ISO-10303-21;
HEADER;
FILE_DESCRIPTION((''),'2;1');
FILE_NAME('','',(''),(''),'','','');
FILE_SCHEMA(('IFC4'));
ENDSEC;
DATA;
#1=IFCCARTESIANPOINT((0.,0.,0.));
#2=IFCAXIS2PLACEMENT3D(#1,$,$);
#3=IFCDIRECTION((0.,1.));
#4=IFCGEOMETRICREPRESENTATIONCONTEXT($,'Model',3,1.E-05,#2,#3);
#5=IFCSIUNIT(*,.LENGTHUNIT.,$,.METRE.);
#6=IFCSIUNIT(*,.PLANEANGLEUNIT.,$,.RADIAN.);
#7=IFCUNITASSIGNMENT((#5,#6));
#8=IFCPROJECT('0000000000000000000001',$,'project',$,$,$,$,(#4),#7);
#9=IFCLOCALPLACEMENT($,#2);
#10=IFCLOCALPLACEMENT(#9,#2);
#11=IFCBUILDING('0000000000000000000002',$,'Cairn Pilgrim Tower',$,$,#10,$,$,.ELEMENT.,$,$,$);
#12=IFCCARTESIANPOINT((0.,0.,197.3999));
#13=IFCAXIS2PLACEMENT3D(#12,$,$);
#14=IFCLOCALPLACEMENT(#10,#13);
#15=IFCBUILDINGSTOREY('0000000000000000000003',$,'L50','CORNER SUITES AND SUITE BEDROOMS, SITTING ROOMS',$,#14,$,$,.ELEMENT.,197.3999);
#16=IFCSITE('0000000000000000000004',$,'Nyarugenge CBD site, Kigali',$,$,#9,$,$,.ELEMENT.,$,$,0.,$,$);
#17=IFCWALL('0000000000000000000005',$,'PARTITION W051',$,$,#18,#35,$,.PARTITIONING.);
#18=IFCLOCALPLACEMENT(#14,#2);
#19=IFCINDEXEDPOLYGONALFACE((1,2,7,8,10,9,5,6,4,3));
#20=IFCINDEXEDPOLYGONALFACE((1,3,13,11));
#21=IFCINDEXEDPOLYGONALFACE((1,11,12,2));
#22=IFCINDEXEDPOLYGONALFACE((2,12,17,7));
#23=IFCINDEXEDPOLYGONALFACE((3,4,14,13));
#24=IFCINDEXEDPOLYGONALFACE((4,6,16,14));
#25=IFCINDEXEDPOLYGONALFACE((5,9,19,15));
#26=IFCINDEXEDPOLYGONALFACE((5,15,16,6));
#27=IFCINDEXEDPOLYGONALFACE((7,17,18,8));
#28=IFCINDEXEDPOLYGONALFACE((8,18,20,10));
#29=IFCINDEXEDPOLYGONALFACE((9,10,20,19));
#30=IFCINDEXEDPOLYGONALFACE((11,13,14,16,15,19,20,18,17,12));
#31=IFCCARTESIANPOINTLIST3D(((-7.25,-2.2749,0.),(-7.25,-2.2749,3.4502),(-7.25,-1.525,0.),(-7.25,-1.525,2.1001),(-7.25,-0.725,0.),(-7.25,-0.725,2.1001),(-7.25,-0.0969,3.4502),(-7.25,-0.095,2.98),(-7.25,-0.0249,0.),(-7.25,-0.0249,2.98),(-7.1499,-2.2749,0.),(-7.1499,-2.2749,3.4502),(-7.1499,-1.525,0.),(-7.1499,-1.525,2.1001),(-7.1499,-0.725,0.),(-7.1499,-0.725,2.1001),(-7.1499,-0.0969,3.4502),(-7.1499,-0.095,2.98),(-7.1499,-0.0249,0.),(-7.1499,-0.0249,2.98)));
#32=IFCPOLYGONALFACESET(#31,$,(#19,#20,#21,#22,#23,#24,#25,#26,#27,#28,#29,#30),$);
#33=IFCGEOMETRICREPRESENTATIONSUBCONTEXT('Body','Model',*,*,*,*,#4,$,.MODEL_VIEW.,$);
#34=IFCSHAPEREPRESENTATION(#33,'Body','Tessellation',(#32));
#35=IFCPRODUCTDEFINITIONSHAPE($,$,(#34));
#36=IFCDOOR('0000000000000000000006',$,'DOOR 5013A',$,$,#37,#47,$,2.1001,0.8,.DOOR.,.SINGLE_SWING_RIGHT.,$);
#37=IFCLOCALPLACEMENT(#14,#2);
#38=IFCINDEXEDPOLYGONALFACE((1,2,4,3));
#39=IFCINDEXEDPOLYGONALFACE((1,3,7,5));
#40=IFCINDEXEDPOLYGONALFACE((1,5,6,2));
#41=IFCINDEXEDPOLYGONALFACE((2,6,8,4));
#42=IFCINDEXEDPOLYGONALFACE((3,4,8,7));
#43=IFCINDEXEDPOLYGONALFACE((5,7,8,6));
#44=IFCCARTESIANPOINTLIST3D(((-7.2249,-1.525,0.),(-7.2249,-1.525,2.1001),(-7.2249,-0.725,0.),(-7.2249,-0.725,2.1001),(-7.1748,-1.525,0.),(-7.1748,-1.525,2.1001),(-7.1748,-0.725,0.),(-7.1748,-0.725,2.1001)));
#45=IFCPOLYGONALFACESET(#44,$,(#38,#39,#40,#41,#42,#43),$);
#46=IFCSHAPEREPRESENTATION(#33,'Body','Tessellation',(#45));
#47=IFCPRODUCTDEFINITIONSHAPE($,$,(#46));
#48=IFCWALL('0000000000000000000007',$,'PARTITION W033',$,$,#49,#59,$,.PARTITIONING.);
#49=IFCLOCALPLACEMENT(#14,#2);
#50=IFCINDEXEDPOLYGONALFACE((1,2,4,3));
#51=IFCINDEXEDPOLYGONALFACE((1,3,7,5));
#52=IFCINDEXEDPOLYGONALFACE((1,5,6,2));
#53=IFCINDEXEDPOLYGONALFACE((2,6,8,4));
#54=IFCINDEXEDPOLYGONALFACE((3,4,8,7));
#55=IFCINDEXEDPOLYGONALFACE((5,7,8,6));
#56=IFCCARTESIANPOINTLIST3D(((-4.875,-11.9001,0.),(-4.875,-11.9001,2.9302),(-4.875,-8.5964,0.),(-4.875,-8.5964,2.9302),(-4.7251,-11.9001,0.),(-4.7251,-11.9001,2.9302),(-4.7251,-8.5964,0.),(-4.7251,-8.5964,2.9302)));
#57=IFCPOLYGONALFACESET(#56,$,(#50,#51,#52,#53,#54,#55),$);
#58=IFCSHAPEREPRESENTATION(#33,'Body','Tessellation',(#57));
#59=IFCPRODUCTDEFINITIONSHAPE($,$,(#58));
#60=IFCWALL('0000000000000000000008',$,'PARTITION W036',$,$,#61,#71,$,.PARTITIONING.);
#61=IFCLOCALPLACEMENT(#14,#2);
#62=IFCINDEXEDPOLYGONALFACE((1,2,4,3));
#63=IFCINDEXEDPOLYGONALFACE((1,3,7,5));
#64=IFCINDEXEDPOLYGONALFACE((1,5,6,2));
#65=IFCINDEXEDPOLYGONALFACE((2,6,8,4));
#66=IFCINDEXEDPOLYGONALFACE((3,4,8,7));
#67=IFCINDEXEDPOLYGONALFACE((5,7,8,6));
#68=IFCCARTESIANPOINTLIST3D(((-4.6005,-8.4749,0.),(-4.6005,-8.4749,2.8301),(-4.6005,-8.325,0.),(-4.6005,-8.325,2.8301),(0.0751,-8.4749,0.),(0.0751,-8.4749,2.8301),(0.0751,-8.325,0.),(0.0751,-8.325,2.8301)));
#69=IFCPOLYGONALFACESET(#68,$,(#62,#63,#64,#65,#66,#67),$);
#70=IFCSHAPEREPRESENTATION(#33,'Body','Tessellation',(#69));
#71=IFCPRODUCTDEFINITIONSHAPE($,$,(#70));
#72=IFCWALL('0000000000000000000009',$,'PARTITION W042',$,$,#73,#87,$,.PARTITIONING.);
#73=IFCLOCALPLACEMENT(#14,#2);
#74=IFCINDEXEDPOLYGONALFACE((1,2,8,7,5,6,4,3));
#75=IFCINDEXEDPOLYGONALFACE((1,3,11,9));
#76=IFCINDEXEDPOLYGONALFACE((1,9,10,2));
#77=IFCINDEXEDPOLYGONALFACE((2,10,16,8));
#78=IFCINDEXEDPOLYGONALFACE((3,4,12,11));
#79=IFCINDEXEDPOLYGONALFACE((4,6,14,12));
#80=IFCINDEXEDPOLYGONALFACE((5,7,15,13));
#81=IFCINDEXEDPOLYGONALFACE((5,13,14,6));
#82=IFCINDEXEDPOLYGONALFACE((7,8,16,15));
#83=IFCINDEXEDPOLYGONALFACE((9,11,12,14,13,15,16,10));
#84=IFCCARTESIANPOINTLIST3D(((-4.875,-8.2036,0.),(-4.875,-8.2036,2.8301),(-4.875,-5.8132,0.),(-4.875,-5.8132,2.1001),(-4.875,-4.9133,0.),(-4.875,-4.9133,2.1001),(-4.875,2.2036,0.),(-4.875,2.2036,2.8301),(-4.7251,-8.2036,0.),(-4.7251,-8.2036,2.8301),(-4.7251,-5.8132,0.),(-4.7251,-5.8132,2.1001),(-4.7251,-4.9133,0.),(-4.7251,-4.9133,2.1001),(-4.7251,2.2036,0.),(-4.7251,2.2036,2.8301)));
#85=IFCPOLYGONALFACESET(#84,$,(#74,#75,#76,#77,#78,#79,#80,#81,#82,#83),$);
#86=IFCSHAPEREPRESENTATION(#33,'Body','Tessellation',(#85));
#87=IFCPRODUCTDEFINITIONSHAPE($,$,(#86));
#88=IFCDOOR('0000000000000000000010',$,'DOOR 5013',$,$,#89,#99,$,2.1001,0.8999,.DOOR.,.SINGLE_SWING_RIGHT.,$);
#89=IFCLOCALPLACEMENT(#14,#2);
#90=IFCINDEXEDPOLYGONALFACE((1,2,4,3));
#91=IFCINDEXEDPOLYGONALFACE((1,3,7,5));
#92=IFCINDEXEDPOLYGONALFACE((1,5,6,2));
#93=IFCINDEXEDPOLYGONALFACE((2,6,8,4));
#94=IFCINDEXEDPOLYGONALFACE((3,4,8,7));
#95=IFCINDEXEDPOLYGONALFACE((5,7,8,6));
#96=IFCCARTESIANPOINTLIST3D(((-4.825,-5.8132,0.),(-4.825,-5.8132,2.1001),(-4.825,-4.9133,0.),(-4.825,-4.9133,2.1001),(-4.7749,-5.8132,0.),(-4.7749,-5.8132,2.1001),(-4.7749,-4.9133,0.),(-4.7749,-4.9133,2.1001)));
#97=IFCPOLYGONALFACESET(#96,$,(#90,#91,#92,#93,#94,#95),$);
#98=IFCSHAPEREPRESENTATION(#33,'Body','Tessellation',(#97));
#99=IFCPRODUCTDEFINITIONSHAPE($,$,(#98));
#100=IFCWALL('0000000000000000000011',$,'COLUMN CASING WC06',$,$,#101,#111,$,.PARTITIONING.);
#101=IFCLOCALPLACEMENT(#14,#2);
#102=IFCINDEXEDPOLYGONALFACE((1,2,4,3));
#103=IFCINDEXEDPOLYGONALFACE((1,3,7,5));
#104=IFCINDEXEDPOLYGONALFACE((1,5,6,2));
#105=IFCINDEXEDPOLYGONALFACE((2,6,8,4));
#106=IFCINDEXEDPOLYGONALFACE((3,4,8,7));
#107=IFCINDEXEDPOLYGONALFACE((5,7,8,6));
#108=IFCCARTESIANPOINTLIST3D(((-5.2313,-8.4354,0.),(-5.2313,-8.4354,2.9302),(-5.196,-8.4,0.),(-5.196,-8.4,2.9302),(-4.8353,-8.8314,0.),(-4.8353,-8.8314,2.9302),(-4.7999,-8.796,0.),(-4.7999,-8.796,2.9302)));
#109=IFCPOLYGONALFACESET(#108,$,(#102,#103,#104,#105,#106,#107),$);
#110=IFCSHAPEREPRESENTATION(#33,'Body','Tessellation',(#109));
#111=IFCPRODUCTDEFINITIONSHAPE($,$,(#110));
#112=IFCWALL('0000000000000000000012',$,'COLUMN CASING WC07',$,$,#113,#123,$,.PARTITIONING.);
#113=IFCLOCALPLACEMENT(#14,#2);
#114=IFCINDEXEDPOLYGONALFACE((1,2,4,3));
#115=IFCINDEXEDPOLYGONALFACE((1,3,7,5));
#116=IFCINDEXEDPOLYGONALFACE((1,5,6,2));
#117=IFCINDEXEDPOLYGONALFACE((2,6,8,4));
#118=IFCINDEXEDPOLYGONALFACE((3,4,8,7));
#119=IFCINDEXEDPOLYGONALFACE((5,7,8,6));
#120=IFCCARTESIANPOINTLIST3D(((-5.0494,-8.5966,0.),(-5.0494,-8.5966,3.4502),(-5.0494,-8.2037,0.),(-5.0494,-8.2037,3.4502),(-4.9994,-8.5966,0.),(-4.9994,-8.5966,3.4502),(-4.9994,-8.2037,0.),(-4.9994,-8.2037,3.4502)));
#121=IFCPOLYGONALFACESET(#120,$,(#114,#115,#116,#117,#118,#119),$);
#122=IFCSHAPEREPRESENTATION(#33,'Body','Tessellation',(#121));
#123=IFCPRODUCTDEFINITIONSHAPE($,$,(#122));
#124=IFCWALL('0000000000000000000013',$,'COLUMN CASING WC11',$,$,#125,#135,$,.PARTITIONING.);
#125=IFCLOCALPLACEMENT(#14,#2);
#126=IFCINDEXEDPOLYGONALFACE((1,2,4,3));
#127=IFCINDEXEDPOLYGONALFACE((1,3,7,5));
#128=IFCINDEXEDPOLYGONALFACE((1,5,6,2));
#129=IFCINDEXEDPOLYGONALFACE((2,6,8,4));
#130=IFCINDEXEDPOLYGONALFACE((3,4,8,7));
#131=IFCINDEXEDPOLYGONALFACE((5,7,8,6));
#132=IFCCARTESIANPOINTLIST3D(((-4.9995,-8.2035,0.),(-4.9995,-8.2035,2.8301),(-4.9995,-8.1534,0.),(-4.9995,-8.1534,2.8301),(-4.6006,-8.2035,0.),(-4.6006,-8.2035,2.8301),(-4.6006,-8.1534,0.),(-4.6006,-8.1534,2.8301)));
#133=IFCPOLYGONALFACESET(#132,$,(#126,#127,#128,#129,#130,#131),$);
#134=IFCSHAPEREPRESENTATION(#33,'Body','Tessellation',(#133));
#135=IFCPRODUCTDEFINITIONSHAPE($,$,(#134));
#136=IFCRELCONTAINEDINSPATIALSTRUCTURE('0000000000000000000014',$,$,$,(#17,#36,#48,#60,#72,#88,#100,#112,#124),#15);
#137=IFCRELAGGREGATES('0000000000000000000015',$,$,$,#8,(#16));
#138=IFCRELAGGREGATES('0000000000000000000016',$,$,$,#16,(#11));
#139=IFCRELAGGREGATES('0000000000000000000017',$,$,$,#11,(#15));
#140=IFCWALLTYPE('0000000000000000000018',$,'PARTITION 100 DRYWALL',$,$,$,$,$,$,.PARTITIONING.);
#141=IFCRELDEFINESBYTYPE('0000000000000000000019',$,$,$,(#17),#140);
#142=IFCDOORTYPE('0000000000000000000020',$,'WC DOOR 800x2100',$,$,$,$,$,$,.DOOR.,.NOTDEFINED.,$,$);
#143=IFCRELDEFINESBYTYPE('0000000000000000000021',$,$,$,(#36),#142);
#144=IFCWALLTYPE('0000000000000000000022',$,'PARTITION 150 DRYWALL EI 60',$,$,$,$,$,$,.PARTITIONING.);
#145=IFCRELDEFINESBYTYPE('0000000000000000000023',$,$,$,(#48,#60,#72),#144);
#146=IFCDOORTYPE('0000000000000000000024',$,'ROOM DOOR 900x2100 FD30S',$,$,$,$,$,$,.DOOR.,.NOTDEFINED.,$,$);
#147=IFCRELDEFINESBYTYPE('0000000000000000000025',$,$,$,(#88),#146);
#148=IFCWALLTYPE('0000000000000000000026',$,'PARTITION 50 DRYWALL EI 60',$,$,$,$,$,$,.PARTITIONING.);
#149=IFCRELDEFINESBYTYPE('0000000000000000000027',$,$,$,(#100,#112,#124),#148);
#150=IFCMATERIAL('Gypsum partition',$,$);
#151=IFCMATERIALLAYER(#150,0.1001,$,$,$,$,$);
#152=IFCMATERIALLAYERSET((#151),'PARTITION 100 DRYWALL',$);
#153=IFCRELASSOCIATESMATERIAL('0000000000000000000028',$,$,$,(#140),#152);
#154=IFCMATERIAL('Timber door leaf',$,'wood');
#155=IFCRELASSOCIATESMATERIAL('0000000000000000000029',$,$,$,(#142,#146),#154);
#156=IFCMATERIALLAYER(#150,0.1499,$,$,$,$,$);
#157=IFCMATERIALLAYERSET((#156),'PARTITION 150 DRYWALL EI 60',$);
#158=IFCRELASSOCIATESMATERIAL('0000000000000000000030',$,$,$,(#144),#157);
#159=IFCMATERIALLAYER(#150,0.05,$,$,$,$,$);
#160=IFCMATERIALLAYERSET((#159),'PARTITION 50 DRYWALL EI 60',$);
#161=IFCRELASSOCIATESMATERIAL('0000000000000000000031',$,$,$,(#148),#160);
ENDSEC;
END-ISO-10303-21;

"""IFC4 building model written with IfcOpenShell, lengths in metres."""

from ifc_helpers import new_model, si_unit, direction, frame, frame_2d, origin, place, context, subcontext, project, spatial, polyline, rectangle, outline, extrude, material, layer, layer_set, type_object, element, fill, save


model = new_model("IFC4")

# Units and contexts
model_context = context("Model", 3, precision=1e-05, world=origin(), true_north=direction((0.0, 1.0)))
body_context = subcontext(model_context, "Body", "Model", "MODEL_VIEW")
ifc_project = project(units=[si_unit("LENGTHUNIT", "METRE"), si_unit("PLANEANGLEUNIT", "RADIAN")], contexts=[model_context])

# Site, building, storey
site_placement = place(None, origin())
site = spatial("IfcSite", under=ifc_project, at=site_placement, Name="Nyarugenge CBD site, Kigali", CompositionType="ELEMENT", RefElevation=0.0)
building_placement = place(site_placement, origin())
building = spatial("IfcBuilding", under=site, at=building_placement, Name="Cairn Pilgrim Tower", CompositionType="ELEMENT")
storey_placement = place(building_placement, frame((0.0, 0.0, 197.3999)))
storey = spatial("IfcBuildingStorey", under=building, at=storey_placement, Name="L50", Description="CORNER SUITES AND SUITE BEDROOMS, SITTING ROOMS", CompositionType="ELEMENT", Elevation=197.3999)

# Shared definitions
ifc_material_1 = material(Name="Gypsum partition")
ifc_layer_1 = layer(ifc_material_1, 0.1001)
ifc_layer_set_1 = layer_set([ifc_layer_1], Name="PARTITION 100 DRYWALL")
wall_type_1 = type_object("IfcWallType", Name="PARTITION 100 DRYWALL", PredefinedType="PARTITIONING", material=ifc_layer_set_1)

# Wall, opening, door
wall_1_placement = place(storey_placement, frame((-7.2, -2.2749, 0.0), z_axis=(0.0, 0.0, 1.0), x_axis=(0.0, 1.0, 0.0)))
wall_1 = element("IfcWall", 1, at=wall_1_placement, inside=storey, type_object=wall_type_1, Name="PARTITION W051", PredefinedType="PARTITIONING", context=body_context, shape_type="SweptSolid", body=[
    extrude(outline(polyline([(0.0, 0.0), (2.25, 0.0), (2.25, 2.98), (2.1799, 2.98), (2.178, 3.4502), (0.0, 3.4502), (0.0, 0.0)])), frame((0.0, 0.05, 0.0), z_axis=(0.0, -1.0, 0.0), x_axis=(1.0, 0.0, 0.0)), (0.0, 0.0, 1.0), 0.1001),
])
opening_1_placement = place(wall_1_placement, frame((0.75, 0.0, 0.0)))
opening_1 = element("IfcOpeningElement", 2, at=opening_1_placement, cuts=wall_1, PredefinedType="OPENING", context=body_context, shape_type="SweptSolid", body=[
    extrude(rectangle(XDim=0.8, YDim=2.1001, at=frame_2d((0.3999, 1.05))), frame((0.0, 0.0601, 0.0), z_axis=(0.0, -1.0, 0.0), x_axis=(1.0, 0.0, 0.0)), (0.0, 0.0, 1.0), 0.1201),
])
ifc_material_2 = material(Name="Timber door leaf", Category="wood")
door_type_1 = type_object("IfcDoorType", Name="WC DOOR 800x2100", OperationType="NOTDEFINED", PredefinedType="DOOR", material=ifc_material_2)
door_1_placement = place(opening_1_placement, origin())
door_1 = element("IfcDoor", 3, at=door_1_placement, inside=storey, type_object=door_type_1, Name="DOOR 5013A", OperationType="SINGLE_SWING_RIGHT", OverallHeight=2.1001, OverallWidth=0.8, PredefinedType="DOOR", context=body_context, shape_type="SweptSolid", body=[
    extrude(rectangle(XDim=0.8, YDim=2.1001, at=frame_2d((0.3999, 1.05))), frame((0.0, 0.0249, 0.0), z_axis=(0.0, -1.0, 0.0), x_axis=(1.0, 0.0, 0.0)), (0.0, 0.0, 1.0), 0.05),
])
fill(opening_1, door_1)

# Walls
ifc_layer_2 = layer(ifc_material_1, 0.1499)
ifc_layer_set_2 = layer_set([ifc_layer_2], Name="PARTITION 150 DRYWALL EI 60")
wall_type_2 = type_object("IfcWallType", Name="PARTITION 150 DRYWALL EI 60", PredefinedType="PARTITIONING", material=ifc_layer_set_2)
wall_2_placement = place(storey_placement, frame((-4.8, -11.9001, 0.0), z_axis=(0.0, 0.0, 1.0), x_axis=(0.0, 1.0, 0.0)))
element("IfcWall", 4, at=wall_2_placement, inside=storey, type_object=wall_type_2, Name="PARTITION W033", PredefinedType="PARTITIONING", context=body_context, shape_type="SweptSolid", body=[
    extrude(rectangle(XDim=3.3037, YDim=0.1499, at=frame_2d((1.6519, 0.0))), origin(), (0.0, 0.0, 1.0), 2.9302),
])
wall_3_placement = place(storey_placement, frame((-4.6006, -8.3999, 0.0), z_axis=(0.0, 0.0, 1.0), x_axis=(1.0, 0.0, 0.0)))
element("IfcWall", 5, at=wall_3_placement, inside=storey, type_object=wall_type_2, Name="PARTITION W036", PredefinedType="PARTITIONING", context=body_context, shape_type="SweptSolid", body=[
    extrude(rectangle(XDim=4.6755, YDim=0.1499, at=frame_2d((2.3379, 0.0))), origin(), (0.0, 0.0, 1.0), 2.8301),
])

# Wall, opening, door
wall_4_placement = place(storey_placement, frame((-4.8, -8.2036, 0.0), z_axis=(0.0, 0.0, 1.0), x_axis=(0.0, 1.0, 0.0)))
wall_4 = element("IfcWall", 6, at=wall_4_placement, inside=storey, type_object=wall_type_2, Name="PARTITION W042", PredefinedType="PARTITIONING", context=body_context, shape_type="SweptSolid", body=[
    extrude(rectangle(XDim=10.4072, YDim=0.1499, at=frame_2d((5.2036, 0.0))), origin(), (0.0, 0.0, 1.0), 2.8301),
])
opening_2_placement = place(wall_4_placement, frame((2.3904, 0.0, 0.0)))
opening_2 = element("IfcOpeningElement", 7, at=opening_2_placement, cuts=wall_4, PredefinedType="OPENING", context=body_context, shape_type="SweptSolid", body=[
    extrude(rectangle(XDim=0.8999, YDim=2.1001, at=frame_2d((0.45, 1.05))), frame((0.0, 0.085, 0.0), z_axis=(0.0, -1.0, 0.0), x_axis=(1.0, 0.0, 0.0)), (0.0, 0.0, 1.0), 0.1699),
])
door_type_2 = type_object("IfcDoorType", Name="ROOM DOOR 900x2100 FD30S", OperationType="NOTDEFINED", PredefinedType="DOOR", material=ifc_material_2)
door_2_placement = place(opening_2_placement, origin())
door_2 = element("IfcDoor", 8, at=door_2_placement, inside=storey, type_object=door_type_2, Name="DOOR 5013", OperationType="SINGLE_SWING_RIGHT", OverallHeight=2.1001, OverallWidth=0.8999, PredefinedType="DOOR", context=body_context, shape_type="SweptSolid", body=[
    extrude(rectangle(XDim=0.8999, YDim=2.1001, at=frame_2d((0.45, 1.05))), frame((0.0, 0.0249, 0.0), z_axis=(0.0, -1.0, 0.0), x_axis=(1.0, 0.0, 0.0)), (0.0, 0.0, 1.0), 0.05),
])
fill(opening_2, door_2)

# Walls
ifc_layer_3 = layer(ifc_material_1, 0.05)
ifc_layer_set_3 = layer_set([ifc_layer_3], Name="PARTITION 50 DRYWALL EI 60")
wall_type_3 = type_object("IfcWallType", Name="PARTITION 50 DRYWALL EI 60", PredefinedType="PARTITIONING", material=ifc_layer_set_3)
wall_5_placement = place(storey_placement, frame((-4.8176, -8.8137, 0.0), z_axis=(0.0, 0.0, 1.0), x_axis=(-0.707107, 0.707107, 0.0)))
element("IfcWall", 9, at=wall_5_placement, inside=storey, type_object=wall_type_3, Name="COLUMN CASING WC06", PredefinedType="PARTITIONING", context=body_context, shape_type="SweptSolid", body=[
    extrude(rectangle(XDim=0.5601, YDim=0.05, at=frame_2d((0.28, 0.0))), origin(), (0.0, 0.0, 1.0), 2.9302),
])
wall_6_placement = place(storey_placement, frame((-5.0244, -8.5964, 0.0), z_axis=(0.0, 0.0, 1.0), x_axis=(0.0, 1.0, 0.0)))
element("IfcWall", 10, at=wall_6_placement, inside=storey, type_object=wall_type_3, Name="COLUMN CASING WC07", PredefinedType="PARTITIONING", context=body_context, shape_type="SweptSolid", body=[
    extrude(rectangle(XDim=0.3928, YDim=0.05, at=frame_2d((0.1963, 0.0))), origin(), (0.0, 0.0, 1.0), 3.4502),
])
wall_7_placement = place(storey_placement, frame((-4.9995, -8.1785, 0.0), z_axis=(0.0, 0.0, 1.0), x_axis=(1.0, 0.0, 0.0)))
element("IfcWall", 11, at=wall_7_placement, inside=storey, type_object=wall_type_3, Name="COLUMN CASING WC11", PredefinedType="PARTITIONING", context=body_context, shape_type="SweptSolid", body=[
    extrude(rectangle(XDim=0.3989, YDim=0.05, at=frame_2d((0.1995, 0.0))), origin(), (0.0, 0.0, 1.0), 2.8301),
])

save(model, "model.ifc")
